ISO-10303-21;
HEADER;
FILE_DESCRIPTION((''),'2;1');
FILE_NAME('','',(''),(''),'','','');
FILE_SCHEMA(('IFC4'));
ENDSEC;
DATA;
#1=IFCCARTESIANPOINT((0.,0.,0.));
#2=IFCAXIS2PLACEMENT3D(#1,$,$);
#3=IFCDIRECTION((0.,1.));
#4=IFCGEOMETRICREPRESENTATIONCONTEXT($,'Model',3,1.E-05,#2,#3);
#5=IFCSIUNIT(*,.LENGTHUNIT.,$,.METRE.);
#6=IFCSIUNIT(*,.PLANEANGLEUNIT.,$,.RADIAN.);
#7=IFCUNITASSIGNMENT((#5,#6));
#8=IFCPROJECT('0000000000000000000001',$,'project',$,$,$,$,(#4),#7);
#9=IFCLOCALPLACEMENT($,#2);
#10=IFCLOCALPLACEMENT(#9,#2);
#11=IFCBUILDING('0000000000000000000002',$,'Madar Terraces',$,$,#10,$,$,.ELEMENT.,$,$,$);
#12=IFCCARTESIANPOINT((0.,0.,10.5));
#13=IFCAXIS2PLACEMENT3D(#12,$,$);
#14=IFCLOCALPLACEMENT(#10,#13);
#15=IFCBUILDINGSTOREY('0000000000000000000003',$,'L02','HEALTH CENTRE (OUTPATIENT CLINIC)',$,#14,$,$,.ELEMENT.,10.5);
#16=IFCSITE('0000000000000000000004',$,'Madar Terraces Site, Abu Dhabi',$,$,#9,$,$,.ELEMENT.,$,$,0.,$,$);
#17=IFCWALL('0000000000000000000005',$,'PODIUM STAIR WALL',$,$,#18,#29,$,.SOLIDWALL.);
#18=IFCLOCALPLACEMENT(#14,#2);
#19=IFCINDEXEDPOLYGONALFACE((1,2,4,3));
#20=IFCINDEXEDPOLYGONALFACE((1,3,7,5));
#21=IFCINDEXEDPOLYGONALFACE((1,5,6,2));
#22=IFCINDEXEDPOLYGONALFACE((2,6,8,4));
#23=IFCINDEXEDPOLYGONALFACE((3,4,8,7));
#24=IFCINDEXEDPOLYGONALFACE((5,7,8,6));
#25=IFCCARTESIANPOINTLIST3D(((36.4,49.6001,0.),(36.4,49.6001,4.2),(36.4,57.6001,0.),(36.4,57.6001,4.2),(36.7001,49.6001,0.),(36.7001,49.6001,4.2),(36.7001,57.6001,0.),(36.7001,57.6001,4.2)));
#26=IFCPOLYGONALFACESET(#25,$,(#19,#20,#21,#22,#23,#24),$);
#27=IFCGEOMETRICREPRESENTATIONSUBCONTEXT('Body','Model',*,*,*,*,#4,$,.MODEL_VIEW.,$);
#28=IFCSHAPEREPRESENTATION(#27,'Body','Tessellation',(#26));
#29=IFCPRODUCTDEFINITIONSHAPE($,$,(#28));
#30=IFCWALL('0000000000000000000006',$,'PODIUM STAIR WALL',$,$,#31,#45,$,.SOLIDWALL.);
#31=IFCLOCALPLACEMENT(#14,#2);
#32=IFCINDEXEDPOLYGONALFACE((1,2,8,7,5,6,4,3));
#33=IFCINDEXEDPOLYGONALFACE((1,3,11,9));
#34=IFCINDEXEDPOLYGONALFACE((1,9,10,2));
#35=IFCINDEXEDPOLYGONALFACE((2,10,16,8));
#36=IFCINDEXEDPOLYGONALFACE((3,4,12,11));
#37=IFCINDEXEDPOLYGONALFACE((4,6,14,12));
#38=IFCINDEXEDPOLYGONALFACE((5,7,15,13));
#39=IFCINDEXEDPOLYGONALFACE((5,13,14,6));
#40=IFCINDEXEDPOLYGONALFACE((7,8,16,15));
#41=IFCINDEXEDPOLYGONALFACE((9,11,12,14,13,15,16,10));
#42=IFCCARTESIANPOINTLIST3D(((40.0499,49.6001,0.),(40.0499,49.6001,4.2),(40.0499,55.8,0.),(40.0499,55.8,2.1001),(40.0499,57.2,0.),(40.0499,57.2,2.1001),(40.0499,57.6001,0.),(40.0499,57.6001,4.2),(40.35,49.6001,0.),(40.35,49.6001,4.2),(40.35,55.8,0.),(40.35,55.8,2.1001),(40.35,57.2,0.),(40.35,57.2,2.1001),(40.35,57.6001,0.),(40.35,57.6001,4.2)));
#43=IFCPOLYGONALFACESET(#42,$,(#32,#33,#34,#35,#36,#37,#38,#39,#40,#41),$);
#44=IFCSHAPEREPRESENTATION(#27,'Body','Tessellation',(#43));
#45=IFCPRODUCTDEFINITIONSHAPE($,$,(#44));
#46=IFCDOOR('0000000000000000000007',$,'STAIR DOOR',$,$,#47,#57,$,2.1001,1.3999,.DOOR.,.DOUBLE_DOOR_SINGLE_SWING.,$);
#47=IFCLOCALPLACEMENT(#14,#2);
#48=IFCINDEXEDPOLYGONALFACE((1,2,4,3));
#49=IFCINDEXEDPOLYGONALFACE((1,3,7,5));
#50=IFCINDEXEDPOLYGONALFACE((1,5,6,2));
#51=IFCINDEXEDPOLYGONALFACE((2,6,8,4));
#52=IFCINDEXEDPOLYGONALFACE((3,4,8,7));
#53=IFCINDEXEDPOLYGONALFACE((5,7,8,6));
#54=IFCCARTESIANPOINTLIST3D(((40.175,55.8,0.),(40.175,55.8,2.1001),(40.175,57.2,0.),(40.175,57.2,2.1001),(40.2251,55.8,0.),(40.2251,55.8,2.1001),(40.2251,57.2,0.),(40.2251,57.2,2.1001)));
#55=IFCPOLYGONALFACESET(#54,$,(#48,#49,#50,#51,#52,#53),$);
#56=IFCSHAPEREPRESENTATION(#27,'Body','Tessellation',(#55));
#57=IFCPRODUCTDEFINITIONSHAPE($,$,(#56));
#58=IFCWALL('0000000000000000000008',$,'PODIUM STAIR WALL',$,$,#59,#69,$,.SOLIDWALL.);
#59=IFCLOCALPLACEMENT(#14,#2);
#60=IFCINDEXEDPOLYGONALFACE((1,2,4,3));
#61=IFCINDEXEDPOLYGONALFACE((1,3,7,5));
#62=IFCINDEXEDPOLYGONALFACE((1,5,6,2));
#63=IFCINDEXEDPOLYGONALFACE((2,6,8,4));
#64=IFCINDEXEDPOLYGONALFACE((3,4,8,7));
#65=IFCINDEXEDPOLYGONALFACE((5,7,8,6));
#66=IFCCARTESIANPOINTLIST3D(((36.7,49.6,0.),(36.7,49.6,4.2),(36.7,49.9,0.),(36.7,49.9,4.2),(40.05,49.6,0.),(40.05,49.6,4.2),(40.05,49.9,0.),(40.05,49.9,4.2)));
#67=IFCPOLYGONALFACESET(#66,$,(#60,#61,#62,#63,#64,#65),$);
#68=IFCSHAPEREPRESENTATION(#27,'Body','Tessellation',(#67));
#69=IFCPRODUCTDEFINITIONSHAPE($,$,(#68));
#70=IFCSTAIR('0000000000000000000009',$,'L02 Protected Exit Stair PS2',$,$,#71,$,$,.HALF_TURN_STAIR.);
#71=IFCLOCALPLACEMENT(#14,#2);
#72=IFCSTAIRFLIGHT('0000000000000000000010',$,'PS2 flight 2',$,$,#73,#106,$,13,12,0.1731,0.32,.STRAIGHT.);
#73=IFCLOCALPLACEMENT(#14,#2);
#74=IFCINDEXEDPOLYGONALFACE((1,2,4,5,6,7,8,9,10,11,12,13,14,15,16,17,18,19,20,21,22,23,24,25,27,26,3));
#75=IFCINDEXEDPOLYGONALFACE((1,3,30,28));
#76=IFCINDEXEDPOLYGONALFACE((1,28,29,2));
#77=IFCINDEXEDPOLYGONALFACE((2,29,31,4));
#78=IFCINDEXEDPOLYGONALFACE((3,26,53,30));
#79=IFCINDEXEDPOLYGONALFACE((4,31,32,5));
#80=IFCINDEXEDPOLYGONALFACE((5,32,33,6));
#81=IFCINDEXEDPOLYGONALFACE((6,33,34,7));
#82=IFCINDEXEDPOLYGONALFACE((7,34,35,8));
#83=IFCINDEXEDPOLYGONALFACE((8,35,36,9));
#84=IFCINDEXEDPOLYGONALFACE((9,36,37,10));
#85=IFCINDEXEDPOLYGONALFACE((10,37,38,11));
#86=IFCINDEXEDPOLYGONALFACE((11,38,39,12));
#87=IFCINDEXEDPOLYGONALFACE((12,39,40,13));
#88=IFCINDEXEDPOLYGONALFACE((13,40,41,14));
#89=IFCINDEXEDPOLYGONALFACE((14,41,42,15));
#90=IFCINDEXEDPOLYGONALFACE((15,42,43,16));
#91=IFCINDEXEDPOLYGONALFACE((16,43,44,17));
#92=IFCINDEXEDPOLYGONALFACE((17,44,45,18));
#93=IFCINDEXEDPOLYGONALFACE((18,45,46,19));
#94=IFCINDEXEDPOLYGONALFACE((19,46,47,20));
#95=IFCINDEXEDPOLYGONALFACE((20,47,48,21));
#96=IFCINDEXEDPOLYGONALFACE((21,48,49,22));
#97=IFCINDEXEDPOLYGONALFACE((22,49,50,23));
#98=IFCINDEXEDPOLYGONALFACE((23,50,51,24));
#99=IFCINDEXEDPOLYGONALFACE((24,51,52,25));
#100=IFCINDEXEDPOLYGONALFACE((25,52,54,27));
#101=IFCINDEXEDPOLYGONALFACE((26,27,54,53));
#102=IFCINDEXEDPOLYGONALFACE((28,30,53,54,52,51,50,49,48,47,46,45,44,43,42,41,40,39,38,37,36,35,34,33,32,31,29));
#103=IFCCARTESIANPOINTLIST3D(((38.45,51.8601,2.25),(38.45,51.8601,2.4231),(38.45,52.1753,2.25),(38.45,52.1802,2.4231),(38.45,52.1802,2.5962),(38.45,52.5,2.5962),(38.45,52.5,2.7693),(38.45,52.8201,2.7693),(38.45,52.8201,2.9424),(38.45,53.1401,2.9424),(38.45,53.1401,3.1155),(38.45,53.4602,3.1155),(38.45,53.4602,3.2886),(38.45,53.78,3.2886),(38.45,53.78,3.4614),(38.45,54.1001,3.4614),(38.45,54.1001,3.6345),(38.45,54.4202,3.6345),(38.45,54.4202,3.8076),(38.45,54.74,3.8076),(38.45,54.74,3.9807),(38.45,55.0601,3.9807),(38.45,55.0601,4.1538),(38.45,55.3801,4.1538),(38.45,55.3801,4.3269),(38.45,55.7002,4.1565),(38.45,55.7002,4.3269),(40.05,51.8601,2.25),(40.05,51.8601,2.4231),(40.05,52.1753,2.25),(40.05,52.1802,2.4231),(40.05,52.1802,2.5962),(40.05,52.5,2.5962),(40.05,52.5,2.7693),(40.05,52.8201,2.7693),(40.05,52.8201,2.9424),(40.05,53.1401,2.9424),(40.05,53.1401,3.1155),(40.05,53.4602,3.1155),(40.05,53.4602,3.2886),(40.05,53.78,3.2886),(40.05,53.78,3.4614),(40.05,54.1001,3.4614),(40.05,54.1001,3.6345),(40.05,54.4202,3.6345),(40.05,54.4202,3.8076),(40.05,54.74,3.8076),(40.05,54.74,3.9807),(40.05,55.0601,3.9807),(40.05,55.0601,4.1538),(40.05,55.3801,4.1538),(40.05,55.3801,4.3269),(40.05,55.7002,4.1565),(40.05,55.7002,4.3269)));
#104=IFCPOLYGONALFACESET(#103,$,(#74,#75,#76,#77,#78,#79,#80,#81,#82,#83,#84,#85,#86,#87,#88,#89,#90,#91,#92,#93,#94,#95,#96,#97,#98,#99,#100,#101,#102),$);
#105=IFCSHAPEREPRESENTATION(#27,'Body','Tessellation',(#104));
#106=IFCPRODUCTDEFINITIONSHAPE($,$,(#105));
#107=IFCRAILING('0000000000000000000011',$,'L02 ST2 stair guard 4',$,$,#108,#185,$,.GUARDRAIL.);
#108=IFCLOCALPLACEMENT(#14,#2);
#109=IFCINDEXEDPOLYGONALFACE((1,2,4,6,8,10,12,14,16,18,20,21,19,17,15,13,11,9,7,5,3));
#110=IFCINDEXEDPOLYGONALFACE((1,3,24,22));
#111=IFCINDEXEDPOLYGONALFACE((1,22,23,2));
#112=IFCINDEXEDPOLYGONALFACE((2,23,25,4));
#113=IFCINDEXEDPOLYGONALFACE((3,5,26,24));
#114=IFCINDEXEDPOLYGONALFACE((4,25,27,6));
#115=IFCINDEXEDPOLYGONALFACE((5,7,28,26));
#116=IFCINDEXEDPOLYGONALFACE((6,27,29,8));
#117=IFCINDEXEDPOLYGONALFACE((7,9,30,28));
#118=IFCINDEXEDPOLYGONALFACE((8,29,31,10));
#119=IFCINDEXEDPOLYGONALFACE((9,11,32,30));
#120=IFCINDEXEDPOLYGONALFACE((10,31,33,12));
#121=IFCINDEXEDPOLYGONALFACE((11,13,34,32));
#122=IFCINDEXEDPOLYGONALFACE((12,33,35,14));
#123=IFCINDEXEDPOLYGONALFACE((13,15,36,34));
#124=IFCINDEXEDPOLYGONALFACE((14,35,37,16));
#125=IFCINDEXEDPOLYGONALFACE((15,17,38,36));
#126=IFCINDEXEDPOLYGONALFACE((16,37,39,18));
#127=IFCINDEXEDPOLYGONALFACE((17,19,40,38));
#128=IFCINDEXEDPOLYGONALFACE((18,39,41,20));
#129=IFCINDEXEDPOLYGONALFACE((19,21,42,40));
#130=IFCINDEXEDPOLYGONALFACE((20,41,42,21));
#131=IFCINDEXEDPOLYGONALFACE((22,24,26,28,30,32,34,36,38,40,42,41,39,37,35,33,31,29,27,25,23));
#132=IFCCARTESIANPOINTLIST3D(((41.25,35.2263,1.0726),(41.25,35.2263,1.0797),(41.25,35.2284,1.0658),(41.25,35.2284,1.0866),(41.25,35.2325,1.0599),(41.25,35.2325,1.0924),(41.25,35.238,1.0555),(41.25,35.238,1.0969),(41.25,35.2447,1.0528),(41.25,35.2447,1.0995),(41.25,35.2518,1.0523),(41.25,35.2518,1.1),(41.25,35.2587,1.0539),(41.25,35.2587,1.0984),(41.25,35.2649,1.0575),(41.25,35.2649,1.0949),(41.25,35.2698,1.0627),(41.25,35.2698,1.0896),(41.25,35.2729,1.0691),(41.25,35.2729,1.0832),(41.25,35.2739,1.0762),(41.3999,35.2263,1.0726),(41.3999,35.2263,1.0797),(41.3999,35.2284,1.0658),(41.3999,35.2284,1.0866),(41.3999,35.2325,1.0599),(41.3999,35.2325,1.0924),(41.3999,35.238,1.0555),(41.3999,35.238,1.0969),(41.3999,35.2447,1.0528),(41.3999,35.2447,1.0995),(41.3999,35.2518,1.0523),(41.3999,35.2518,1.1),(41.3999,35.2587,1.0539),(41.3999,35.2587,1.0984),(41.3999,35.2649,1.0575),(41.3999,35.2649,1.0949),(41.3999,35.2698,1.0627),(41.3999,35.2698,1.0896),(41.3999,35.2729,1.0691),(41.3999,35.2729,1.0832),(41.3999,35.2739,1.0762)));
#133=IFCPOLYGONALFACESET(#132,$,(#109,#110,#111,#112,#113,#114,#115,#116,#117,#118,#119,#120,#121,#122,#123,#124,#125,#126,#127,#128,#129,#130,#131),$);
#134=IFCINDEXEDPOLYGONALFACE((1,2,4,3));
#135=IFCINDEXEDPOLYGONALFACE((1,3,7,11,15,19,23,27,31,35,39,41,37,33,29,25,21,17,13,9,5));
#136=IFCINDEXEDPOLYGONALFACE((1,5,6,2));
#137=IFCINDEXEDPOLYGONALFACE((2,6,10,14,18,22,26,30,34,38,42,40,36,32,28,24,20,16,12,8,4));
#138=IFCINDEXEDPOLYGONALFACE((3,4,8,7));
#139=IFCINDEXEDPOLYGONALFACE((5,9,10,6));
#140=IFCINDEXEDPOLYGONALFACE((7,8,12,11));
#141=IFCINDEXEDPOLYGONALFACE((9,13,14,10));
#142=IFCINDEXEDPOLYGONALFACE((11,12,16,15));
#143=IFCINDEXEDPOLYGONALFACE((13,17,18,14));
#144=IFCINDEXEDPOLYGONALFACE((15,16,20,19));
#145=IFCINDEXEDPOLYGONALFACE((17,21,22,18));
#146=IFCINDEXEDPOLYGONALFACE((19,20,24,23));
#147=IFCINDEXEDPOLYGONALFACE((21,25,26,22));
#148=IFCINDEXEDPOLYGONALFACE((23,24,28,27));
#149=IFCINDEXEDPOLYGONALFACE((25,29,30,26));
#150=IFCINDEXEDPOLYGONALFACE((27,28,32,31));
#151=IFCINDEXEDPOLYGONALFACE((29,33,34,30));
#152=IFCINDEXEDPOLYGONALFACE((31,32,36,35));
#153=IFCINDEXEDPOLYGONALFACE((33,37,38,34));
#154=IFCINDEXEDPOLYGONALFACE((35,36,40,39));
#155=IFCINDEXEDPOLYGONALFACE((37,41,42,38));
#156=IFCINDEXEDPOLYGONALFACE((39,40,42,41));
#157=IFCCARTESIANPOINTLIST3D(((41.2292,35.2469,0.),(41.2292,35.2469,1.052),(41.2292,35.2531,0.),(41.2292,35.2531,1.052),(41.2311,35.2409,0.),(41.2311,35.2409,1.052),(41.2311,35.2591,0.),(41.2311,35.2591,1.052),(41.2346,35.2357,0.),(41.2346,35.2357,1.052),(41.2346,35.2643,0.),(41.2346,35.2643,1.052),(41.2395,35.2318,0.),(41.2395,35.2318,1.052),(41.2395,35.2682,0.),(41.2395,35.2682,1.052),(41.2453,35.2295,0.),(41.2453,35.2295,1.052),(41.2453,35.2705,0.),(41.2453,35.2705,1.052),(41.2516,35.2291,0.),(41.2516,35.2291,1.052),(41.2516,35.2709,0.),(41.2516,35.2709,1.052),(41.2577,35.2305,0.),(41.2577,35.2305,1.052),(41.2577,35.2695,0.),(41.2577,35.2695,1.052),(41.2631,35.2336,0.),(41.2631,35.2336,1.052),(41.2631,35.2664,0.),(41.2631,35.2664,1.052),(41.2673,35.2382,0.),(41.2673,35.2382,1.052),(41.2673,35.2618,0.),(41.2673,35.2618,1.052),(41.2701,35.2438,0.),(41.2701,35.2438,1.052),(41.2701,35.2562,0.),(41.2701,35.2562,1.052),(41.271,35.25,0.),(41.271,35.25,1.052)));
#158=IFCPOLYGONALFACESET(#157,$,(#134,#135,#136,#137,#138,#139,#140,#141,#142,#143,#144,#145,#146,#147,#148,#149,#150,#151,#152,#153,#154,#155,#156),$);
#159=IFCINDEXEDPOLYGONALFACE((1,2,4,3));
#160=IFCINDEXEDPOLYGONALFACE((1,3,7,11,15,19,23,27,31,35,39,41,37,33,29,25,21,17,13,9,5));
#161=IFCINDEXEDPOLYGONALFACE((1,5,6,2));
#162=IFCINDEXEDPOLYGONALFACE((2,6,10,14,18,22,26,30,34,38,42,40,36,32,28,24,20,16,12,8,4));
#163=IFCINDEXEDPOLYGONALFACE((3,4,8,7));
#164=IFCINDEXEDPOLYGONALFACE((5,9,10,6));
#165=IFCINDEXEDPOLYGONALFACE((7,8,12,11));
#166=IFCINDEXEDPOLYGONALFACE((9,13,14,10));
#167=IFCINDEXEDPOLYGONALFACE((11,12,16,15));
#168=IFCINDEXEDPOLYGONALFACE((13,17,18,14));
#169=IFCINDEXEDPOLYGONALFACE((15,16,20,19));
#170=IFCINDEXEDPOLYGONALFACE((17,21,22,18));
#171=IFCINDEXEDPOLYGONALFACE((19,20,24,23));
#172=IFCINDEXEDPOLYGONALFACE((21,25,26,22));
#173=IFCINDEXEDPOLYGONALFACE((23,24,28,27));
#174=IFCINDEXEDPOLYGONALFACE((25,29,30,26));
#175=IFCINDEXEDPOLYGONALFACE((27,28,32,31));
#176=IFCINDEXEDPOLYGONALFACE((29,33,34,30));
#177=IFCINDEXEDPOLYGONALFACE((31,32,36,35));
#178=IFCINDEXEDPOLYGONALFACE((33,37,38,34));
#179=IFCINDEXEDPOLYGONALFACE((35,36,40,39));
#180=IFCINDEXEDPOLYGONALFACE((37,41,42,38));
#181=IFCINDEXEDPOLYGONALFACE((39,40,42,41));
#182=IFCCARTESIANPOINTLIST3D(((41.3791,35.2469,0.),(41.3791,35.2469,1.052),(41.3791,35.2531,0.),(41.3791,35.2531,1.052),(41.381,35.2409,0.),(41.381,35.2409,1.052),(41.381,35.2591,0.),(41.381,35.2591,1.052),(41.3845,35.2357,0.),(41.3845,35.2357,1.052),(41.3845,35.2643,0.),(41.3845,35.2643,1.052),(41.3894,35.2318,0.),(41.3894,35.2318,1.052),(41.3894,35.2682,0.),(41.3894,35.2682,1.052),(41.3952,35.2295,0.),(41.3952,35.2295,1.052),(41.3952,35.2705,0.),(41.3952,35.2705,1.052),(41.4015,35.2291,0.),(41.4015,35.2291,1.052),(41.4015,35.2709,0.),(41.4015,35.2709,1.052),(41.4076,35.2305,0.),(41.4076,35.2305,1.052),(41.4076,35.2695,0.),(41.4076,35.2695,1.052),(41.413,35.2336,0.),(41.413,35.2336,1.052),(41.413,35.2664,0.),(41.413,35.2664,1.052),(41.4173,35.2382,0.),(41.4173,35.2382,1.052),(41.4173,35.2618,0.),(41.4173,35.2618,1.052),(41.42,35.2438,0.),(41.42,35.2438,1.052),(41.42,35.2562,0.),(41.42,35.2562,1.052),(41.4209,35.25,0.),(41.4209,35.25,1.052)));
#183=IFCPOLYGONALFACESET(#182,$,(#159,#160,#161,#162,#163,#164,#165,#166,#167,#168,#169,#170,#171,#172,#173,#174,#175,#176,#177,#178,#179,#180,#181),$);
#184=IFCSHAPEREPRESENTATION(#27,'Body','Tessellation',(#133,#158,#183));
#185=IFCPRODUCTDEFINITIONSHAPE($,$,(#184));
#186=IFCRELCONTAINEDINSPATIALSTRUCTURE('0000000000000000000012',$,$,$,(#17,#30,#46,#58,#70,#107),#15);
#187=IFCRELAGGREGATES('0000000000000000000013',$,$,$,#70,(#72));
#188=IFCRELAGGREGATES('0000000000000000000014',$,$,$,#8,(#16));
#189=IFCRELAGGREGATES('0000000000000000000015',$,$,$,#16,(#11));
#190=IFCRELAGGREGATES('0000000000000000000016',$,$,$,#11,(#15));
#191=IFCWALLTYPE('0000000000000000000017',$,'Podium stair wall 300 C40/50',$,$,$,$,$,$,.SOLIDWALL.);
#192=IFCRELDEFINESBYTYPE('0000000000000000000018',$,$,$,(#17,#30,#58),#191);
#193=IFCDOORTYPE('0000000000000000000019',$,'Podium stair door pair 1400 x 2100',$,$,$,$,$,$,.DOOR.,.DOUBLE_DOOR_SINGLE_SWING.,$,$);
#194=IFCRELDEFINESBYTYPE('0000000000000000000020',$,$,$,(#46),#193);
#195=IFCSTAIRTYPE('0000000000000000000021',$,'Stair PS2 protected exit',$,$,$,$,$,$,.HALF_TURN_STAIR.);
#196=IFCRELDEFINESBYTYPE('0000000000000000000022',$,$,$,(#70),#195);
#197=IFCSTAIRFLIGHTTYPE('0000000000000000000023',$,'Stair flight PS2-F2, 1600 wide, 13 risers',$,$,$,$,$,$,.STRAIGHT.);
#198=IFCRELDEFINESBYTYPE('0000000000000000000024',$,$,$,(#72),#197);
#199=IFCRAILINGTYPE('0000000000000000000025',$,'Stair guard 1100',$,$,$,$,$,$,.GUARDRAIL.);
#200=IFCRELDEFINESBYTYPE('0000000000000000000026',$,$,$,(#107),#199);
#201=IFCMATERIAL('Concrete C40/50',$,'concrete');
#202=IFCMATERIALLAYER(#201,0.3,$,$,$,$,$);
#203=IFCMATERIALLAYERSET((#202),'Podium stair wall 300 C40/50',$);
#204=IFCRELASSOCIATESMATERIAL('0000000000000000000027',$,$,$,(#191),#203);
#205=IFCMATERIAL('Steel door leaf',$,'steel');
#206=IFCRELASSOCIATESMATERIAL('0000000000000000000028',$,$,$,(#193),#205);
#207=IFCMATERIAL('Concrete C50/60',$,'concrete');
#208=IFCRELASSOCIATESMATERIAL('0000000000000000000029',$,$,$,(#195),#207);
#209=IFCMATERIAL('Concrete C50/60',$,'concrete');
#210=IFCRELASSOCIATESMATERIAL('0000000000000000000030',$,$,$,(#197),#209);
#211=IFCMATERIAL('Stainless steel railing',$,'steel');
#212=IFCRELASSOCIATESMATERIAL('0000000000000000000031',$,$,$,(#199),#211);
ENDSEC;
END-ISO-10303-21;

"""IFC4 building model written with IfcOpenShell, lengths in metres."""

from ifc_helpers import new_model, si_unit, direction, frame, frame_2d, origin, origin_2d, place, context, subcontext, project, spatial, polyline, rectangle, circle, outline, extrude, material, layer, layer_set, type_object, element, fill, aggregate, save


model = new_model("IFC4")

# Units and contexts
model_context = context("Model", 3, precision=1e-05, world=origin(), true_north=direction((0.0, 1.0)))
body_context = subcontext(model_context, "Body", "Model", "MODEL_VIEW")
ifc_project = project(units=[si_unit("LENGTHUNIT", "METRE"), si_unit("PLANEANGLEUNIT", "RADIAN")], contexts=[model_context])

# Site, building, storey
site_placement = place(None, origin())
site = spatial("IfcSite", under=ifc_project, at=site_placement, Name="Madar Terraces Site, Abu Dhabi", CompositionType="ELEMENT", RefElevation=0.0)
building_placement = place(site_placement, origin())
building = spatial("IfcBuilding", under=site, at=building_placement, Name="Madar Terraces", CompositionType="ELEMENT")
storey_placement = place(building_placement, frame((0.0, 0.0, 10.5)))
storey = spatial("IfcBuildingStorey", under=building, at=storey_placement, Name="L02", Description="HEALTH CENTRE (OUTPATIENT CLINIC)", CompositionType="ELEMENT", Elevation=10.5)

# Wall
ifc_material_1 = material(Name="Concrete C40/50", Category="concrete")
ifc_layer_1 = layer(ifc_material_1, 0.3)
ifc_layer_set_1 = layer_set([ifc_layer_1], Name="Podium stair wall 300 C40/50")
wall_type_1 = type_object("IfcWallType", Name="Podium stair wall 300 C40/50", PredefinedType="SOLIDWALL", material=ifc_layer_set_1)
wall_1_placement = place(storey_placement, frame((36.55, 49.6001, 0.0), z_axis=(0.0, 0.0, 1.0), x_axis=(0.0, 1.0, 0.0)))
element("IfcWall", 1, at=wall_1_placement, inside=storey, type_object=wall_type_1, Name="PODIUM STAIR WALL", PredefinedType="SOLIDWALL", context=body_context, shape_type="SweptSolid", body=[
    extrude(rectangle(XDim=8.0, YDim=0.3, at=frame_2d((4.0, 0.0))), origin(), (0.0, 0.0, 1.0), 4.2),
])

# Wall, opening, door
wall_2_placement = place(storey_placement, frame((40.2, 49.6001, 0.0), z_axis=(0.0, 0.0, 1.0), x_axis=(0.0, 1.0, 0.0)))
wall_2 = element("IfcWall", 2, at=wall_2_placement, inside=storey, type_object=wall_type_1, Name="PODIUM STAIR WALL", PredefinedType="SOLIDWALL", context=body_context, shape_type="SweptSolid", body=[
    extrude(rectangle(XDim=8.0, YDim=0.3, at=frame_2d((4.0, 0.0))), origin(), (0.0, 0.0, 1.0), 4.2),
])
opening_1_placement = place(wall_2_placement, frame((6.2, 0.0, 0.0)))
opening_1 = element("IfcOpeningElement", 3, at=opening_1_placement, cuts=wall_2, PredefinedType="OPENING", context=body_context, shape_type="SweptSolid", body=[
    extrude(rectangle(XDim=1.3999, YDim=2.1001, at=frame_2d((0.7, 1.05))), frame((0.0, 0.1599, 0.0), z_axis=(0.0, -1.0, 0.0), x_axis=(1.0, 0.0, 0.0)), (0.0, 0.0, 1.0), 0.3201),
])
ifc_material_2 = material(Name="Steel door leaf", Category="steel")
door_type_1 = type_object("IfcDoorType", Name="Podium stair door pair 1400 x 2100", OperationType="DOUBLE_DOOR_SINGLE_SWING", PredefinedType="DOOR", material=ifc_material_2)
door_1_placement = place(opening_1_placement, origin())
door_1 = element("IfcDoor", 4, at=door_1_placement, inside=storey, type_object=door_type_1, Name="STAIR DOOR", OperationType="DOUBLE_DOOR_SINGLE_SWING", OverallHeight=2.1001, OverallWidth=1.3999, PredefinedType="DOOR", context=body_context, shape_type="SweptSolid", body=[
    extrude(rectangle(XDim=1.3999, YDim=2.1001, at=frame_2d((0.7, 1.05))), frame((0.0, 0.0249, 0.0), z_axis=(0.0, -1.0, 0.0), x_axis=(1.0, 0.0, 0.0)), (0.0, 0.0, 1.0), 0.05),
])
fill(opening_1, door_1)

# Wall
wall_3_placement = place(storey_placement, frame((36.7, 49.75, 0.0), z_axis=(0.0, 0.0, 1.0), x_axis=(1.0, 0.0, 0.0)))
element("IfcWall", 5, at=wall_3_placement, inside=storey, type_object=wall_type_1, Name="PODIUM STAIR WALL", PredefinedType="SOLIDWALL", context=body_context, shape_type="SweptSolid", body=[
    extrude(rectangle(XDim=3.3501, YDim=0.3, at=frame_2d((1.675, 0.0))), origin(), (0.0, 0.0, 1.0), 4.2),
])

# Stair, stair flight
ifc_material_3 = material(Name="Concrete C50/60", Category="concrete")
stair_type = type_object("IfcStairType", Name="Stair PS2 protected exit", PredefinedType="HALF_TURN_STAIR", material=ifc_material_3)
stair_placement = place(storey_placement, origin())
stair = element("IfcStair", 6, at=stair_placement, inside=storey, type_object=stair_type, Name="L02 Protected Exit Stair PS2", PredefinedType="HALF_TURN_STAIR")
ifc_material_4 = material(Name="Concrete C50/60", Category="concrete")
stair_flight_type = type_object("IfcStairFlightType", Name="Stair flight PS2-F2, 1600 wide, 13 risers", PredefinedType="STRAIGHT", material=ifc_material_4)
stair_flight_placement = place(storey_placement, frame((39.25, 51.8601, 2.25), z_axis=(0.0, 0.0, 1.0), x_axis=(0.0, 1.0, 0.0)))
stair_flight = element("IfcStairFlight", 7, at=stair_flight_placement, type_object=stair_flight_type, Name="PS2 flight 2", NumberOfRisers=13, NumberOfTreads=12, PredefinedType="STRAIGHT", RiserHeight=0.1731, TreadLength=0.32, context=body_context, shape_type="SweptSolid", body=[
    extrude(outline(polyline([(0.0, 0.0), (0.0, 0.1731), (0.3201, 0.1731), (0.3201, 0.3462), (0.6399, 0.3462), (0.6399, 0.5193), (0.96, 0.5193), (0.96, 0.6924), (1.28, 0.6924), (1.28, 0.8655), (1.6001, 0.8655), (1.6001, 1.0386), (1.9199, 1.0386), (1.9199, 1.2114), (2.24, 1.2114), (2.24, 1.3845), (2.5601, 1.3845), (2.5601, 1.5576), (2.8799, 1.5576), (2.8799, 1.7307), (3.2, 1.7307), (3.2, 1.9038), (3.52, 1.9038), (3.52, 2.0769), (3.8401, 2.0769), (3.8401, 2.25), (3.8401, 1.9065), (0.3152, 0.0), (0.0, 0.0)])), frame((0.0, 0.8, 0.0), z_axis=(0.0, -1.0, 0.0), x_axis=(1.0, 0.0, 0.0)), (0.0, 0.0, 1.0), 1.6001),
])
aggregate(stair, [stair_flight])

# Railing
ifc_material_5 = material(Name="Stainless steel railing", Category="steel")
railing_type_1 = type_object("IfcRailingType", Name="Stair guard 1100", PredefinedType="GUARDRAIL", material=ifc_material_5)
for number, where, name in (
    (8, (41.25, 35.25, 0.0), "L02 ST2 stair guard 4"),
):
    element("IfcRailing", number, at=place(storey_placement, frame(where)), inside=storey, type_object=railing_type_1, Name=name, PredefinedType="GUARDRAIL", context=body_context, shape_type="SweptSolid", body=[
        extrude(circle(Radius=0.0239, at=origin_2d()), frame((0.0, 0.0, 1.0762), z_axis=(1.0, 0.0, 0.0), x_axis=(0.0, 1.0, 0.0)), (0.0, 0.0, 1.0), 0.1499),
        extrude(circle(Radius=0.021, at=origin_2d()), origin(), (0.0, 0.0, 1.0), 1.052),
        extrude(circle(Radius=0.021, at=origin_2d()), frame((0.1499, 0.0, 0.0)), (0.0, 0.0, 1.0), 1.052),
    ])

save(model, "model.ifc")
